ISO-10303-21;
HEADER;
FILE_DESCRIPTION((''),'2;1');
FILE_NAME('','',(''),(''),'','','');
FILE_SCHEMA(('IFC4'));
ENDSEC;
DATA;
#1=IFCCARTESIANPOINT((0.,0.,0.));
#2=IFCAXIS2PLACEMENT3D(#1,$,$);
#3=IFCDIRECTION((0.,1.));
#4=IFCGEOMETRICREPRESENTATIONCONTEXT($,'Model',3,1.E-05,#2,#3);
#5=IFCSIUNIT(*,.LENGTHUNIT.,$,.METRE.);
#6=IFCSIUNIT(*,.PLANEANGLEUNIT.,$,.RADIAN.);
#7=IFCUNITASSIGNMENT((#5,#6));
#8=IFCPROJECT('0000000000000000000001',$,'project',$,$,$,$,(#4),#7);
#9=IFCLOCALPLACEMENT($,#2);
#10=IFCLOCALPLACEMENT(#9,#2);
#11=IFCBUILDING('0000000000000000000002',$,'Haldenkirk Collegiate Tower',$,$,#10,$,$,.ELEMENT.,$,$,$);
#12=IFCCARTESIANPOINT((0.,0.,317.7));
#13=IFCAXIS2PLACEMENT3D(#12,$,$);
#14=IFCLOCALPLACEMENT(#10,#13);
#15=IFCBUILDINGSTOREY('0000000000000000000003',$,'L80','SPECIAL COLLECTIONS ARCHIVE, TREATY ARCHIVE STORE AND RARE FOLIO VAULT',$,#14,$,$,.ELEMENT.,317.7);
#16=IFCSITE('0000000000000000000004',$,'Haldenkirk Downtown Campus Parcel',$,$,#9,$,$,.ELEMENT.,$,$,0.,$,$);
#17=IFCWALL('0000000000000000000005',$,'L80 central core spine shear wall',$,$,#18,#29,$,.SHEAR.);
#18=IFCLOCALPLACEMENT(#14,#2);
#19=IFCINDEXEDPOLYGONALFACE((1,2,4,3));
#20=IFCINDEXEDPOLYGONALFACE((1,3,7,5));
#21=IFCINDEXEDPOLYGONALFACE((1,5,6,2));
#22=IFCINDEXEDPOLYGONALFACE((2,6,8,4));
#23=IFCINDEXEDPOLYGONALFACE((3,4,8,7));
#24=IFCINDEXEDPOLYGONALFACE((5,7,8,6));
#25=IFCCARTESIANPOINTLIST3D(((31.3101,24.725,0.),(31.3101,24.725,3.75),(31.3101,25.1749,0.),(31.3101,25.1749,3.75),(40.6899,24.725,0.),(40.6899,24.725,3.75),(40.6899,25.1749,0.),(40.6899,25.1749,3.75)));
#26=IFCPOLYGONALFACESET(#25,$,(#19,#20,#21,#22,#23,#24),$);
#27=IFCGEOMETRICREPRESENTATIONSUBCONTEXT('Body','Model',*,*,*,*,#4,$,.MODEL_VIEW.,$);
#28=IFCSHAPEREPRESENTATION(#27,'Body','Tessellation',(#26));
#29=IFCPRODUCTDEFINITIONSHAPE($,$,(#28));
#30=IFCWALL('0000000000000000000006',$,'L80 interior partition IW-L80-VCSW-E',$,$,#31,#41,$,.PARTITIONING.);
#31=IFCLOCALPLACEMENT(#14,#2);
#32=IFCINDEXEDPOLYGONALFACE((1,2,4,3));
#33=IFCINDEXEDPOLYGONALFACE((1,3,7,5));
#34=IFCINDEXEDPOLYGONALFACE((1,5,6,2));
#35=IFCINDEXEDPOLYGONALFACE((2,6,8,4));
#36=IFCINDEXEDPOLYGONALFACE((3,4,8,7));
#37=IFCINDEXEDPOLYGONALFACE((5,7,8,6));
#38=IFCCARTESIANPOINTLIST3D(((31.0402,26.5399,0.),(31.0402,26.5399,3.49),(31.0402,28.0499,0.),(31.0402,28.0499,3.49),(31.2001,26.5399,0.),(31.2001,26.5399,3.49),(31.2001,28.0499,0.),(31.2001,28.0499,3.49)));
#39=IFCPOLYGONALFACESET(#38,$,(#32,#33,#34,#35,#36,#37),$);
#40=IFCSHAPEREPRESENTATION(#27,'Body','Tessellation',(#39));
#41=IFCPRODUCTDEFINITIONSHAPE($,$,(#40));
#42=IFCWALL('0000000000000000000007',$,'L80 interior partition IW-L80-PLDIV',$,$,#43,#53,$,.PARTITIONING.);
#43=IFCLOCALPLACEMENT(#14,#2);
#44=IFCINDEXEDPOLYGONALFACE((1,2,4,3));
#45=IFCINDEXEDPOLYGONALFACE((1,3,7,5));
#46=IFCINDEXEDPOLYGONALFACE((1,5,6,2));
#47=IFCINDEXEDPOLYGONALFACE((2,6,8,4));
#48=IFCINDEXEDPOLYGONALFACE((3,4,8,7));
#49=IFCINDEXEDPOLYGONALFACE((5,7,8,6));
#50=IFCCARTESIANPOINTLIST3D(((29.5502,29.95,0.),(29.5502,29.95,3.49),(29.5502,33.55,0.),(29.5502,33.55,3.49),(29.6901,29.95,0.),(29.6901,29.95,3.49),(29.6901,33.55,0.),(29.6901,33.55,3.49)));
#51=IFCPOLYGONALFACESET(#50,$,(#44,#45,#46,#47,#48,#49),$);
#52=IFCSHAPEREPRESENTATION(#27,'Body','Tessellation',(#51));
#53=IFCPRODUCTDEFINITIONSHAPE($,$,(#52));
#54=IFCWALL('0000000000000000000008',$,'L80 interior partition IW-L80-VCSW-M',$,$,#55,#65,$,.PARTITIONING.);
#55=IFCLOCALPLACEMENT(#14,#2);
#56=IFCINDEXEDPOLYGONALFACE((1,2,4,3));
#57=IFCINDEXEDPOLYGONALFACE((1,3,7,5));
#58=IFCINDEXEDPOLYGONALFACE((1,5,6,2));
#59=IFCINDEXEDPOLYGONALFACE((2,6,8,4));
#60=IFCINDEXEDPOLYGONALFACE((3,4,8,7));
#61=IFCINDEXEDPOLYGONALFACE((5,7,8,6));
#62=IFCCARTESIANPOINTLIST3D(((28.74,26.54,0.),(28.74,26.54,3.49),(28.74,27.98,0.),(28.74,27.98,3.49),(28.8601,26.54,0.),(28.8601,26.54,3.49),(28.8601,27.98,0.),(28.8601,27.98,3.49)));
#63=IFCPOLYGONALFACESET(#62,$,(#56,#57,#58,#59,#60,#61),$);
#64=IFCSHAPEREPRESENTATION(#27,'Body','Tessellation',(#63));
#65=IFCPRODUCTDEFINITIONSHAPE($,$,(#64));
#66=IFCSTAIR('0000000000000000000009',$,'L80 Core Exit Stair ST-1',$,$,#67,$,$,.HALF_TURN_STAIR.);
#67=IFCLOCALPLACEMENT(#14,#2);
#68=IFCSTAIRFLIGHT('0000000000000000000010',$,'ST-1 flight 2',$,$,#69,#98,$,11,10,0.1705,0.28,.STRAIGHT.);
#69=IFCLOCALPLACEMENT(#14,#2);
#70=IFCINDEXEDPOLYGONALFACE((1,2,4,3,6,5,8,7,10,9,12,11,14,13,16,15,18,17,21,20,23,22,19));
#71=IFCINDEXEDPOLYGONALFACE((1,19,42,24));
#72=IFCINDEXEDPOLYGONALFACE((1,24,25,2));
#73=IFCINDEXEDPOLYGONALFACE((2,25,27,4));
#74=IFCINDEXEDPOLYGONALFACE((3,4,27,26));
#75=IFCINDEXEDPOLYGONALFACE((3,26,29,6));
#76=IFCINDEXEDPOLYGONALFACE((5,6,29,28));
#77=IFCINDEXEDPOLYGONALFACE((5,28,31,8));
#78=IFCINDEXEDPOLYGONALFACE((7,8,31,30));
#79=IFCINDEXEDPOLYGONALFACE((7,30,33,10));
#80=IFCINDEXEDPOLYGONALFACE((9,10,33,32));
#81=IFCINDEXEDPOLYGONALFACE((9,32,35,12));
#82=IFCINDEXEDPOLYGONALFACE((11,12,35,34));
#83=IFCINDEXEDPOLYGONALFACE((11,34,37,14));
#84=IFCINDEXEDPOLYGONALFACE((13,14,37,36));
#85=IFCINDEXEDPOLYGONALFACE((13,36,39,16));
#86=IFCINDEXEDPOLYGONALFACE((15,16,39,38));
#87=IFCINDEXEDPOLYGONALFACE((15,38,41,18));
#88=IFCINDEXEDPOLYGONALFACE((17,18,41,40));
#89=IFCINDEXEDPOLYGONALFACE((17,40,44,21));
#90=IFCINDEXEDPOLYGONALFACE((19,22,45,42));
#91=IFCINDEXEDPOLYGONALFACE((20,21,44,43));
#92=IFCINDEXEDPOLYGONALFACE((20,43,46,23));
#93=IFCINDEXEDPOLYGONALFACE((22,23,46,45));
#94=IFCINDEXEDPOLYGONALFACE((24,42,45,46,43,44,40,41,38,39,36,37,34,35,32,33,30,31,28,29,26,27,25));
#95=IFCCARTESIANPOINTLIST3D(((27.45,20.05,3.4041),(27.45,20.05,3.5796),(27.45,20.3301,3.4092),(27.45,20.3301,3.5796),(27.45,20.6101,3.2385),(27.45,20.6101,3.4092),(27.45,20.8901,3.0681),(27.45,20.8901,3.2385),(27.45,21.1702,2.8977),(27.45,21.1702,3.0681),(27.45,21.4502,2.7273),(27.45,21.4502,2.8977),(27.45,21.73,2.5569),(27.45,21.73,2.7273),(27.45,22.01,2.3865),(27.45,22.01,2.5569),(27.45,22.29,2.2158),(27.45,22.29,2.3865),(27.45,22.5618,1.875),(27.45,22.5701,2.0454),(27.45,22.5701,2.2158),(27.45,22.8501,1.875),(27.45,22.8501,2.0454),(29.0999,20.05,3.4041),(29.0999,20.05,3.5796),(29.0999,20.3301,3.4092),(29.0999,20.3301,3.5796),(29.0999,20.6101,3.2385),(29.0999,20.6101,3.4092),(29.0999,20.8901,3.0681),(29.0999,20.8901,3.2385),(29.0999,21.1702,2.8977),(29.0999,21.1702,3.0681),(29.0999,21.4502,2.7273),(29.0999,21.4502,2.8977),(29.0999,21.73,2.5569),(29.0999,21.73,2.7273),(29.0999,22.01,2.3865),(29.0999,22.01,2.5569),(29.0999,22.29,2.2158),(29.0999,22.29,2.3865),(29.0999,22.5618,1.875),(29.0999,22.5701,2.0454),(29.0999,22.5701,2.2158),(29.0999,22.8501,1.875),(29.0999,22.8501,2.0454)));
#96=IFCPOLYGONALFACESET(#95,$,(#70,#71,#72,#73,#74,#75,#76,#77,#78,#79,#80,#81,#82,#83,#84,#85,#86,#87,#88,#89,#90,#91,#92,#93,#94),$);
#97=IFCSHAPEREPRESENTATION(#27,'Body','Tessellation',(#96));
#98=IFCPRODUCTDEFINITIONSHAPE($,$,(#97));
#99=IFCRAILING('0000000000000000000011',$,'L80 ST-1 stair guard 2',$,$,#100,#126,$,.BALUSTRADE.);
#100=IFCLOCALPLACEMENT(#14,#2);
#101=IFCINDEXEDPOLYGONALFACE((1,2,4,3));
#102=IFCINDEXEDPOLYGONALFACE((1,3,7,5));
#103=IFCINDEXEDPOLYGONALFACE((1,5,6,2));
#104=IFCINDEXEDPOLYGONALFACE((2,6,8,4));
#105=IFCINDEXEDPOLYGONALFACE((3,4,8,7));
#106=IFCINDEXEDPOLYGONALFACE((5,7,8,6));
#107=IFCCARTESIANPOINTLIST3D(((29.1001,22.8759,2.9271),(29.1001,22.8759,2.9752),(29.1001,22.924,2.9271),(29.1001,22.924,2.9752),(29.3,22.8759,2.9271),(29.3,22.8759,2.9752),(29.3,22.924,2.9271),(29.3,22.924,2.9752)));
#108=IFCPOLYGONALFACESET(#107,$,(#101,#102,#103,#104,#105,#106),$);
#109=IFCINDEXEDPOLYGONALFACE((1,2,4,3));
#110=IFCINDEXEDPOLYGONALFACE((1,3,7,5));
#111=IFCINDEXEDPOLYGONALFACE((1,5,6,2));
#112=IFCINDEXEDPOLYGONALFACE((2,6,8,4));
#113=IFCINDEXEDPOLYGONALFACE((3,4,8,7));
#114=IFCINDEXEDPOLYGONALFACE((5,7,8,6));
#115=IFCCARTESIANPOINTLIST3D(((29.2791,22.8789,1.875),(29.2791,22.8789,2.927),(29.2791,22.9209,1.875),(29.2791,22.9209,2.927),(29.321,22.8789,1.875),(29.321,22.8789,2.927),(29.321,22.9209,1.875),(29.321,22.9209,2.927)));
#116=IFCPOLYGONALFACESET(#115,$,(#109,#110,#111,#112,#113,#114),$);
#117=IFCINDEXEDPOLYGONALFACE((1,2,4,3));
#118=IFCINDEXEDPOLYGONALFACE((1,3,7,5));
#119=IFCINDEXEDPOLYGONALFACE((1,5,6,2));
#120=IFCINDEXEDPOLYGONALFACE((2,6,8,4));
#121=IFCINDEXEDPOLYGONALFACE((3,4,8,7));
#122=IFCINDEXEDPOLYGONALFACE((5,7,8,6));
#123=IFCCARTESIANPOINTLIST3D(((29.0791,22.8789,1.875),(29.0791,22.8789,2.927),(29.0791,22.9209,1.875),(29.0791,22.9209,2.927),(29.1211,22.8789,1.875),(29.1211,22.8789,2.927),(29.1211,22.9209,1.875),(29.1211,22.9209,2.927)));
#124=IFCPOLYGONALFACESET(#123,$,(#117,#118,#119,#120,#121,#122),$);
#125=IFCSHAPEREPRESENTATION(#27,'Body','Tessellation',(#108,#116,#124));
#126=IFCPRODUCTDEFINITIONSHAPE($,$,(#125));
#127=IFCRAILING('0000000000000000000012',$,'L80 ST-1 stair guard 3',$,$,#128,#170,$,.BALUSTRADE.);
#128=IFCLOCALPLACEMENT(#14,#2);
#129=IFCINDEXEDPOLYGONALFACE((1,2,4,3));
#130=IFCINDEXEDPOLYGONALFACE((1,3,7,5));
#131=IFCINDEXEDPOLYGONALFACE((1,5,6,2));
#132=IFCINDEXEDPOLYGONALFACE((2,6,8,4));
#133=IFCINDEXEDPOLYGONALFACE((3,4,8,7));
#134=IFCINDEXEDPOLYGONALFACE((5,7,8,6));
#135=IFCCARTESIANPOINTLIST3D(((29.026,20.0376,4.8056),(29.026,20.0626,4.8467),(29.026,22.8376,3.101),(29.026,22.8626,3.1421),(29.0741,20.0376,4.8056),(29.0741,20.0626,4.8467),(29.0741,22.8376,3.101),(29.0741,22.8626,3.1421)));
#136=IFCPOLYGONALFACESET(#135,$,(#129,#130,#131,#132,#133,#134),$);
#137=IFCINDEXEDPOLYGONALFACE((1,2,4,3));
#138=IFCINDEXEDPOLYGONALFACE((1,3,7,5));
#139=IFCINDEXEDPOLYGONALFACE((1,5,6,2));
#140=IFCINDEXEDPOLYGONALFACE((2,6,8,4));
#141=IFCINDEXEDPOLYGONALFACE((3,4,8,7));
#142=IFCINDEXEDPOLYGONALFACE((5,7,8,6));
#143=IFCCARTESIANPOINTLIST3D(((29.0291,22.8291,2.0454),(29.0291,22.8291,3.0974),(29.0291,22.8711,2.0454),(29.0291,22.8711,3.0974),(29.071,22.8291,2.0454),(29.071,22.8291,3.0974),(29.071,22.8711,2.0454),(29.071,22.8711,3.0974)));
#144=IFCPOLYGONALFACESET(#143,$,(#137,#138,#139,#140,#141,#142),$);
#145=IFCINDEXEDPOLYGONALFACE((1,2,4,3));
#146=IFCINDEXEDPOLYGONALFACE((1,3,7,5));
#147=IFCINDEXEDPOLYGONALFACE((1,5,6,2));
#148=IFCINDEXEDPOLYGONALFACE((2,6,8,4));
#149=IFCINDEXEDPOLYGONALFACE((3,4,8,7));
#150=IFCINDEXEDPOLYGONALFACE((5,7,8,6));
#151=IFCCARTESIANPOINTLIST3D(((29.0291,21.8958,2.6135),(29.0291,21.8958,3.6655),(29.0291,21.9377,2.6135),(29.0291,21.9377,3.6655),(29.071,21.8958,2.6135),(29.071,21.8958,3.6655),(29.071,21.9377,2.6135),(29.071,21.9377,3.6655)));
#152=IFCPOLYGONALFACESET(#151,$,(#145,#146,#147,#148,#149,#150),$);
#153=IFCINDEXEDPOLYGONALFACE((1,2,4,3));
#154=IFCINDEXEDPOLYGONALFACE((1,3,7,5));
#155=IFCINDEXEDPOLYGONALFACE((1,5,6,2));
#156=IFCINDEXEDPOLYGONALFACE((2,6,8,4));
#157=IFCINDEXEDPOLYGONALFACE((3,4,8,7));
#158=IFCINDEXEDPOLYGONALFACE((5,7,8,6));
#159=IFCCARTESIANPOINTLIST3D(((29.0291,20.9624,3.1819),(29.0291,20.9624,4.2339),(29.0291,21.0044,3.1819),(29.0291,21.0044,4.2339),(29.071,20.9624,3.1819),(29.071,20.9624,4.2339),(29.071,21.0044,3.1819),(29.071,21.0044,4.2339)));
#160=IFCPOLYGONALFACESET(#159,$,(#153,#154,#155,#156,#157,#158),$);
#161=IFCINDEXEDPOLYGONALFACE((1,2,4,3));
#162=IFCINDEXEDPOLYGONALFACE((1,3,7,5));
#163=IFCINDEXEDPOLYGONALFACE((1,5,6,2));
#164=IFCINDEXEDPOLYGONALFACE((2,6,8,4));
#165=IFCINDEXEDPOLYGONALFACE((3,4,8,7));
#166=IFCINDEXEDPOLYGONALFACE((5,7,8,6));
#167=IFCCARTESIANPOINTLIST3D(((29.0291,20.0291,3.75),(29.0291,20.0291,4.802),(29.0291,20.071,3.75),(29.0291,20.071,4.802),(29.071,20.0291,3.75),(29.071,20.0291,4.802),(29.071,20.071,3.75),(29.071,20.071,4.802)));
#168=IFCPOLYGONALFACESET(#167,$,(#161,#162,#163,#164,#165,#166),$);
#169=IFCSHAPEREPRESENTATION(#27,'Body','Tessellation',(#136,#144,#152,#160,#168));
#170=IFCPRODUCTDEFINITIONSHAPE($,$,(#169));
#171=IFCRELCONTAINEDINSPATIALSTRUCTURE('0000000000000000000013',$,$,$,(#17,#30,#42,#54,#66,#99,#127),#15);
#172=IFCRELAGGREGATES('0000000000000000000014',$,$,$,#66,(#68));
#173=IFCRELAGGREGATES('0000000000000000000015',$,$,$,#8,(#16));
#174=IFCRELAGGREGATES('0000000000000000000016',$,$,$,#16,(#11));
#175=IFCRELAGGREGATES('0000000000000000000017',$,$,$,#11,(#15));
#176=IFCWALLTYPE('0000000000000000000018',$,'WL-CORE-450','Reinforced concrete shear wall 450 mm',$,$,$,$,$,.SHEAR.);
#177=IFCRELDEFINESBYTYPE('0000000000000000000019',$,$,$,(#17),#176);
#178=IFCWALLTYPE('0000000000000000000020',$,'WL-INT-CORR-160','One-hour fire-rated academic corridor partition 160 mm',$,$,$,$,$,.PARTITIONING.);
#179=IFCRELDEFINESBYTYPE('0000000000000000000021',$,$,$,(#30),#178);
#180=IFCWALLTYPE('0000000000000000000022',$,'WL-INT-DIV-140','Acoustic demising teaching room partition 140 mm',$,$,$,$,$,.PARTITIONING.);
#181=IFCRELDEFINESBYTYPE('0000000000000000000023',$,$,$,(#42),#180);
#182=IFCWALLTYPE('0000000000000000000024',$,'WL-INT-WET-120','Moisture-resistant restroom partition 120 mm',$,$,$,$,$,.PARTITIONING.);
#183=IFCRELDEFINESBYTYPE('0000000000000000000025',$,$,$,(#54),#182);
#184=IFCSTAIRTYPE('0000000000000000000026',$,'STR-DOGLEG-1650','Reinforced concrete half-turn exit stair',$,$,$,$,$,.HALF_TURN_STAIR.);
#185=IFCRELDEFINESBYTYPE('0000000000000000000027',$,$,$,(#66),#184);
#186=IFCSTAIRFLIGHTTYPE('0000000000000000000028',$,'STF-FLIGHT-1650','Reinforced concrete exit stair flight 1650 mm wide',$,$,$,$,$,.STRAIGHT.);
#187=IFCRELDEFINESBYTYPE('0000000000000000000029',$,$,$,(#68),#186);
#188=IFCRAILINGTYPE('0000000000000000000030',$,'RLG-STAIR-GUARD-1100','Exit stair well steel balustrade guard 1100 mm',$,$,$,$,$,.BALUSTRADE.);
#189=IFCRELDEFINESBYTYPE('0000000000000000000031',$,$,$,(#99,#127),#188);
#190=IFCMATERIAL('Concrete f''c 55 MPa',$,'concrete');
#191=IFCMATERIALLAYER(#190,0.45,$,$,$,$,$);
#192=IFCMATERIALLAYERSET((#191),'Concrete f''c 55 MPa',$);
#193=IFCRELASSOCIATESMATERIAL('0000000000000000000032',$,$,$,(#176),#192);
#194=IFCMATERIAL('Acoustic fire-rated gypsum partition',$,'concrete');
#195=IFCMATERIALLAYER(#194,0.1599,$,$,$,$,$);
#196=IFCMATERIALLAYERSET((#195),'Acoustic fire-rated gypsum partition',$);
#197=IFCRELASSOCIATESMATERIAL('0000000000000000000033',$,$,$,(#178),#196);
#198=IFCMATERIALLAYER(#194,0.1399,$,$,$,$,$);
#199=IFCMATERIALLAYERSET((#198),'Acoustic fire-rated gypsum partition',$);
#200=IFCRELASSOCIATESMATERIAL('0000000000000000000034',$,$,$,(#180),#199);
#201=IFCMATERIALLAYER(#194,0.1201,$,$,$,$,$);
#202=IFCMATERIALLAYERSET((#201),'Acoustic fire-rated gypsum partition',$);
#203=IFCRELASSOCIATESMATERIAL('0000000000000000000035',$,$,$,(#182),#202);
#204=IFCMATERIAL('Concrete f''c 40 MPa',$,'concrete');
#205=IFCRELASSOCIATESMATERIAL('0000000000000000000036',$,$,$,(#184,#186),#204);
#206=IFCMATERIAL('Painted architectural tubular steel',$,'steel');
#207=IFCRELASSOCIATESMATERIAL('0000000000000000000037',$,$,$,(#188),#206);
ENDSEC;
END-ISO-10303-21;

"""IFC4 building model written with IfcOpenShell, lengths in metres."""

from ifc_helpers import new_model, si_unit, direction, frame, frame_2d, origin, origin_2d, place, context, subcontext, project, spatial, polyline, rectangle, outline, extrude, material, layer, layer_set, type_object, element, aggregate, save


model = new_model("IFC4")

# Units and contexts
model_context = context("Model", 3, precision=1e-05, world=origin(), true_north=direction((0.0, 1.0)))
body_context = subcontext(model_context, "Body", "Model", "MODEL_VIEW")
ifc_project = project(units=[si_unit("LENGTHUNIT", "METRE"), si_unit("PLANEANGLEUNIT", "RADIAN")], contexts=[model_context])

# Site, building, storey
site_placement = place(None, origin())
site = spatial("IfcSite", under=ifc_project, at=site_placement, Name="Haldenkirk Downtown Campus Parcel", CompositionType="ELEMENT", RefElevation=0.0)
building_placement = place(site_placement, origin())
building = spatial("IfcBuilding", under=site, at=building_placement, Name="Haldenkirk Collegiate Tower", CompositionType="ELEMENT")
storey_placement = place(building_placement, frame((0.0, 0.0, 317.7)))
storey = spatial("IfcBuildingStorey", under=building, at=storey_placement, Name="L80", Description="SPECIAL COLLECTIONS ARCHIVE, TREATY ARCHIVE STORE AND RARE FOLIO VAULT", CompositionType="ELEMENT", Elevation=317.7)

# Walls
ifc_material_1 = material(Name="Concrete f'c 55 MPa", Category="concrete")
ifc_layer_1 = layer(ifc_material_1, 0.45)
ifc_layer_set_1 = layer_set([ifc_layer_1], Name="Concrete f'c 55 MPa")
wall_type_1 = type_object("IfcWallType", Name="WL-CORE-450", Description="Reinforced concrete shear wall 450 mm", PredefinedType="SHEAR", material=ifc_layer_set_1)
wall_1_placement = place(storey_placement, frame((31.3101, 24.95, 0.0), z_axis=(0.0, 0.0, 1.0), x_axis=(1.0, 0.0, 0.0)))
element("IfcWall", 1, at=wall_1_placement, inside=storey, type_object=wall_type_1, Name="L80 central core spine shear wall", PredefinedType="SHEAR", context=body_context, shape_type="SweptSolid", body=[
    extrude(rectangle(XDim=9.3799, YDim=0.45, at=frame_2d((4.6899, 0.0))), origin(), (0.0, 0.0, 1.0), 3.75),
])
ifc_material_2 = material(Name="Acoustic fire-rated gypsum partition", Category="concrete")
ifc_layer_2 = layer(ifc_material_2, 0.1599)
ifc_layer_set_2 = layer_set([ifc_layer_2], Name="Acoustic fire-rated gypsum partition")
wall_type_2 = type_object("IfcWallType", Name="WL-INT-CORR-160", Description="One-hour fire-rated academic corridor partition 160 mm", PredefinedType="PARTITIONING", material=ifc_layer_set_2)
wall_2_placement = place(storey_placement, frame((31.1201, 26.54, 0.0), z_axis=(0.0, 0.0, 1.0), x_axis=(0.0, 1.0, 0.0)))
element("IfcWall", 2, at=wall_2_placement, inside=storey, type_object=wall_type_2, Name="L80 interior partition IW-L80-VCSW-E", PredefinedType="PARTITIONING", context=body_context, shape_type="SweptSolid", body=[
    extrude(rectangle(XDim=1.51, YDim=0.1599, at=frame_2d((0.7549, 0.0))), origin(), (0.0, 0.0, 1.0), 3.49),
])
ifc_layer_3 = layer(ifc_material_2, 0.1399)
ifc_layer_set_3 = layer_set([ifc_layer_3], Name="Acoustic fire-rated gypsum partition")
wall_type_3 = type_object("IfcWallType", Name="WL-INT-DIV-140", Description="Acoustic demising teaching room partition 140 mm", PredefinedType="PARTITIONING", material=ifc_layer_set_3)
wall_3_placement = place(storey_placement, frame((29.6201, 29.95, 0.0), z_axis=(0.0, 0.0, 1.0), x_axis=(0.0, 1.0, 0.0)))
element("IfcWall", 3, at=wall_3_placement, inside=storey, type_object=wall_type_3, Name="L80 interior partition IW-L80-PLDIV", PredefinedType="PARTITIONING", context=body_context, shape_type="SweptSolid", body=[
    extrude(rectangle(XDim=3.6001, YDim=0.1399, at=frame_2d((1.8, 0.0))), origin(), (0.0, 0.0, 1.0), 3.49),
])

# Wall
ifc_layer_4 = layer(ifc_material_2, 0.1201)
ifc_layer_set_4 = layer_set([ifc_layer_4], Name="Acoustic fire-rated gypsum partition")
wall_type_4 = type_object("IfcWallType", Name="WL-INT-WET-120", Description="Moisture-resistant restroom partition 120 mm", PredefinedType="PARTITIONING", material=ifc_layer_set_4)
wall_4_placement = place(storey_placement, frame((28.8, 26.54, 0.0), z_axis=(0.0, 0.0, 1.0), x_axis=(0.0, 1.0, 0.0)))
element("IfcWall", 4, at=wall_4_placement, inside=storey, type_object=wall_type_4, Name="L80 interior partition IW-L80-VCSW-M", PredefinedType="PARTITIONING", context=body_context, shape_type="SweptSolid", body=[
    extrude(rectangle(XDim=1.4399, YDim=0.1201, at=frame_2d((0.72, 0.0))), origin(), (0.0, 0.0, 1.0), 3.49),
])

# Stair, stair flight
ifc_material_3 = material(Name="Concrete f'c 40 MPa", Category="concrete")
stair_type = type_object("IfcStairType", Name="STR-DOGLEG-1650", Description="Reinforced concrete half-turn exit stair", PredefinedType="HALF_TURN_STAIR", material=ifc_material_3)
stair_placement = place(storey_placement, origin())
stair = element("IfcStair", 5, at=stair_placement, inside=storey, type_object=stair_type, Name="L80 Core Exit Stair ST-1", PredefinedType="HALF_TURN_STAIR")
stair_flight_type = type_object("IfcStairFlightType", Name="STF-FLIGHT-1650", Description="Reinforced concrete exit stair flight 1650 mm wide", PredefinedType="STRAIGHT", material=ifc_material_3)
stair_flight_placement = place(storey_placement, frame((28.2749, 22.8501, 1.875), z_axis=(0.0, 0.0, 1.0), x_axis=(0.0, -1.0, 0.0)))
stair_flight = element("IfcStairFlight", 6, at=stair_flight_placement, type_object=stair_flight_type, Name="ST-1 flight 2", NumberOfRisers=11, NumberOfTreads=10, PredefinedType="STRAIGHT", RiserHeight=0.1705, TreadLength=0.28, context=body_context, shape_type="SweptSolid", body=[
    extrude(outline(polyline([(0.0, 0.0), (0.0, 0.1704), (0.28, 0.1704), (0.28, 0.3408), (0.5601, 0.3408), (0.5601, 0.5115), (0.8401, 0.5115), (0.8401, 0.6819), (1.1201, 0.6819), (1.1201, 0.8523), (1.3999, 0.8523), (1.3999, 1.0227), (1.6799, 1.0227), (1.6799, 1.1931), (1.96, 1.1931), (1.96, 1.3635), (2.24, 1.3635), (2.24, 1.5342), (2.52, 1.5342), (2.52, 1.7046), (2.8, 1.7046), (2.8, 1.875), (2.8, 1.5291), (0.2883, 0.0), (0.0, 0.0)])), frame((0.0, 0.825, 0.0), z_axis=(0.0, -1.0, 0.0), x_axis=(1.0, 0.0, 0.0)), (0.0, 0.0, 1.0), 1.6499),
])
aggregate(stair, [stair_flight])

# Railings
ifc_material_4 = material(Name="Painted architectural tubular steel", Category="steel")
railing_type = type_object("IfcRailingType", Name="RLG-STAIR-GUARD-1100", Description="Exit stair well steel balustrade guard 1100 mm", PredefinedType="BALUSTRADE", material=ifc_material_4)
railing_1_placement = place(storey_placement, frame((29.3, 22.8999, 1.875)))
element("IfcRailing", 7, at=railing_1_placement, inside=storey, type_object=railing_type, Name="L80 ST-1 stair guard 2", PredefinedType="BALUSTRADE", context=body_context, shape_type="SweptSolid", body=[
    extrude(rectangle(XDim=0.0481, YDim=0.0481, at=origin_2d()), frame((0.0, 0.0, 1.0762), z_axis=(-1.0, 0.0, 0.0), x_axis=(0.0, -1.0, 0.0)), (0.0, 0.0, 1.0), 0.2),
    extrude(rectangle(XDim=0.042, YDim=0.042, at=origin_2d()), origin(), (0.0, 0.0, 1.0), 1.052),
    extrude(rectangle(XDim=0.042, YDim=0.042, at=origin_2d()), frame((-0.2, 0.0, 0.0)), (0.0, 0.0, 1.0), 1.052),
])
railing_2_placement = place(storey_placement, frame((29.05, 22.8501, 2.0454)))
element("IfcRailing", 8, at=railing_2_placement, inside=storey, type_object=railing_type, Name="L80 ST-1 stair guard 3", PredefinedType="BALUSTRADE", context=body_context, shape_type="SweptSolid", body=[
    extrude(rectangle(XDim=0.0481, YDim=0.0481, at=origin_2d()), frame((0.0, 0.0, 1.0762), z_axis=(0.0, -0.85417, 0.519994), x_axis=(1.0, 0.0, 0.0)), (0.0, 0.0, 1.0), 3.2781),
    extrude(rectangle(XDim=0.042, YDim=0.042, at=origin_2d()), origin(), (0.0, 0.0, 1.0), 1.052),
    extrude(rectangle(XDim=0.042, YDim=0.042, at=origin_2d()), frame((0.0, -0.9333, 0.5681)), (0.0, 0.0, 1.0), 1.052),
    extrude(rectangle(XDim=0.042, YDim=0.042, at=origin_2d()), frame((0.0, -1.8667, 1.1365)), (0.0, 0.0, 1.0), 1.052),
    extrude(rectangle(XDim=0.042, YDim=0.042, at=origin_2d()), frame((0.0, -2.8, 1.7046)), (0.0, 0.0, 1.0), 1.052),
])

save(model, "model.ifc")
